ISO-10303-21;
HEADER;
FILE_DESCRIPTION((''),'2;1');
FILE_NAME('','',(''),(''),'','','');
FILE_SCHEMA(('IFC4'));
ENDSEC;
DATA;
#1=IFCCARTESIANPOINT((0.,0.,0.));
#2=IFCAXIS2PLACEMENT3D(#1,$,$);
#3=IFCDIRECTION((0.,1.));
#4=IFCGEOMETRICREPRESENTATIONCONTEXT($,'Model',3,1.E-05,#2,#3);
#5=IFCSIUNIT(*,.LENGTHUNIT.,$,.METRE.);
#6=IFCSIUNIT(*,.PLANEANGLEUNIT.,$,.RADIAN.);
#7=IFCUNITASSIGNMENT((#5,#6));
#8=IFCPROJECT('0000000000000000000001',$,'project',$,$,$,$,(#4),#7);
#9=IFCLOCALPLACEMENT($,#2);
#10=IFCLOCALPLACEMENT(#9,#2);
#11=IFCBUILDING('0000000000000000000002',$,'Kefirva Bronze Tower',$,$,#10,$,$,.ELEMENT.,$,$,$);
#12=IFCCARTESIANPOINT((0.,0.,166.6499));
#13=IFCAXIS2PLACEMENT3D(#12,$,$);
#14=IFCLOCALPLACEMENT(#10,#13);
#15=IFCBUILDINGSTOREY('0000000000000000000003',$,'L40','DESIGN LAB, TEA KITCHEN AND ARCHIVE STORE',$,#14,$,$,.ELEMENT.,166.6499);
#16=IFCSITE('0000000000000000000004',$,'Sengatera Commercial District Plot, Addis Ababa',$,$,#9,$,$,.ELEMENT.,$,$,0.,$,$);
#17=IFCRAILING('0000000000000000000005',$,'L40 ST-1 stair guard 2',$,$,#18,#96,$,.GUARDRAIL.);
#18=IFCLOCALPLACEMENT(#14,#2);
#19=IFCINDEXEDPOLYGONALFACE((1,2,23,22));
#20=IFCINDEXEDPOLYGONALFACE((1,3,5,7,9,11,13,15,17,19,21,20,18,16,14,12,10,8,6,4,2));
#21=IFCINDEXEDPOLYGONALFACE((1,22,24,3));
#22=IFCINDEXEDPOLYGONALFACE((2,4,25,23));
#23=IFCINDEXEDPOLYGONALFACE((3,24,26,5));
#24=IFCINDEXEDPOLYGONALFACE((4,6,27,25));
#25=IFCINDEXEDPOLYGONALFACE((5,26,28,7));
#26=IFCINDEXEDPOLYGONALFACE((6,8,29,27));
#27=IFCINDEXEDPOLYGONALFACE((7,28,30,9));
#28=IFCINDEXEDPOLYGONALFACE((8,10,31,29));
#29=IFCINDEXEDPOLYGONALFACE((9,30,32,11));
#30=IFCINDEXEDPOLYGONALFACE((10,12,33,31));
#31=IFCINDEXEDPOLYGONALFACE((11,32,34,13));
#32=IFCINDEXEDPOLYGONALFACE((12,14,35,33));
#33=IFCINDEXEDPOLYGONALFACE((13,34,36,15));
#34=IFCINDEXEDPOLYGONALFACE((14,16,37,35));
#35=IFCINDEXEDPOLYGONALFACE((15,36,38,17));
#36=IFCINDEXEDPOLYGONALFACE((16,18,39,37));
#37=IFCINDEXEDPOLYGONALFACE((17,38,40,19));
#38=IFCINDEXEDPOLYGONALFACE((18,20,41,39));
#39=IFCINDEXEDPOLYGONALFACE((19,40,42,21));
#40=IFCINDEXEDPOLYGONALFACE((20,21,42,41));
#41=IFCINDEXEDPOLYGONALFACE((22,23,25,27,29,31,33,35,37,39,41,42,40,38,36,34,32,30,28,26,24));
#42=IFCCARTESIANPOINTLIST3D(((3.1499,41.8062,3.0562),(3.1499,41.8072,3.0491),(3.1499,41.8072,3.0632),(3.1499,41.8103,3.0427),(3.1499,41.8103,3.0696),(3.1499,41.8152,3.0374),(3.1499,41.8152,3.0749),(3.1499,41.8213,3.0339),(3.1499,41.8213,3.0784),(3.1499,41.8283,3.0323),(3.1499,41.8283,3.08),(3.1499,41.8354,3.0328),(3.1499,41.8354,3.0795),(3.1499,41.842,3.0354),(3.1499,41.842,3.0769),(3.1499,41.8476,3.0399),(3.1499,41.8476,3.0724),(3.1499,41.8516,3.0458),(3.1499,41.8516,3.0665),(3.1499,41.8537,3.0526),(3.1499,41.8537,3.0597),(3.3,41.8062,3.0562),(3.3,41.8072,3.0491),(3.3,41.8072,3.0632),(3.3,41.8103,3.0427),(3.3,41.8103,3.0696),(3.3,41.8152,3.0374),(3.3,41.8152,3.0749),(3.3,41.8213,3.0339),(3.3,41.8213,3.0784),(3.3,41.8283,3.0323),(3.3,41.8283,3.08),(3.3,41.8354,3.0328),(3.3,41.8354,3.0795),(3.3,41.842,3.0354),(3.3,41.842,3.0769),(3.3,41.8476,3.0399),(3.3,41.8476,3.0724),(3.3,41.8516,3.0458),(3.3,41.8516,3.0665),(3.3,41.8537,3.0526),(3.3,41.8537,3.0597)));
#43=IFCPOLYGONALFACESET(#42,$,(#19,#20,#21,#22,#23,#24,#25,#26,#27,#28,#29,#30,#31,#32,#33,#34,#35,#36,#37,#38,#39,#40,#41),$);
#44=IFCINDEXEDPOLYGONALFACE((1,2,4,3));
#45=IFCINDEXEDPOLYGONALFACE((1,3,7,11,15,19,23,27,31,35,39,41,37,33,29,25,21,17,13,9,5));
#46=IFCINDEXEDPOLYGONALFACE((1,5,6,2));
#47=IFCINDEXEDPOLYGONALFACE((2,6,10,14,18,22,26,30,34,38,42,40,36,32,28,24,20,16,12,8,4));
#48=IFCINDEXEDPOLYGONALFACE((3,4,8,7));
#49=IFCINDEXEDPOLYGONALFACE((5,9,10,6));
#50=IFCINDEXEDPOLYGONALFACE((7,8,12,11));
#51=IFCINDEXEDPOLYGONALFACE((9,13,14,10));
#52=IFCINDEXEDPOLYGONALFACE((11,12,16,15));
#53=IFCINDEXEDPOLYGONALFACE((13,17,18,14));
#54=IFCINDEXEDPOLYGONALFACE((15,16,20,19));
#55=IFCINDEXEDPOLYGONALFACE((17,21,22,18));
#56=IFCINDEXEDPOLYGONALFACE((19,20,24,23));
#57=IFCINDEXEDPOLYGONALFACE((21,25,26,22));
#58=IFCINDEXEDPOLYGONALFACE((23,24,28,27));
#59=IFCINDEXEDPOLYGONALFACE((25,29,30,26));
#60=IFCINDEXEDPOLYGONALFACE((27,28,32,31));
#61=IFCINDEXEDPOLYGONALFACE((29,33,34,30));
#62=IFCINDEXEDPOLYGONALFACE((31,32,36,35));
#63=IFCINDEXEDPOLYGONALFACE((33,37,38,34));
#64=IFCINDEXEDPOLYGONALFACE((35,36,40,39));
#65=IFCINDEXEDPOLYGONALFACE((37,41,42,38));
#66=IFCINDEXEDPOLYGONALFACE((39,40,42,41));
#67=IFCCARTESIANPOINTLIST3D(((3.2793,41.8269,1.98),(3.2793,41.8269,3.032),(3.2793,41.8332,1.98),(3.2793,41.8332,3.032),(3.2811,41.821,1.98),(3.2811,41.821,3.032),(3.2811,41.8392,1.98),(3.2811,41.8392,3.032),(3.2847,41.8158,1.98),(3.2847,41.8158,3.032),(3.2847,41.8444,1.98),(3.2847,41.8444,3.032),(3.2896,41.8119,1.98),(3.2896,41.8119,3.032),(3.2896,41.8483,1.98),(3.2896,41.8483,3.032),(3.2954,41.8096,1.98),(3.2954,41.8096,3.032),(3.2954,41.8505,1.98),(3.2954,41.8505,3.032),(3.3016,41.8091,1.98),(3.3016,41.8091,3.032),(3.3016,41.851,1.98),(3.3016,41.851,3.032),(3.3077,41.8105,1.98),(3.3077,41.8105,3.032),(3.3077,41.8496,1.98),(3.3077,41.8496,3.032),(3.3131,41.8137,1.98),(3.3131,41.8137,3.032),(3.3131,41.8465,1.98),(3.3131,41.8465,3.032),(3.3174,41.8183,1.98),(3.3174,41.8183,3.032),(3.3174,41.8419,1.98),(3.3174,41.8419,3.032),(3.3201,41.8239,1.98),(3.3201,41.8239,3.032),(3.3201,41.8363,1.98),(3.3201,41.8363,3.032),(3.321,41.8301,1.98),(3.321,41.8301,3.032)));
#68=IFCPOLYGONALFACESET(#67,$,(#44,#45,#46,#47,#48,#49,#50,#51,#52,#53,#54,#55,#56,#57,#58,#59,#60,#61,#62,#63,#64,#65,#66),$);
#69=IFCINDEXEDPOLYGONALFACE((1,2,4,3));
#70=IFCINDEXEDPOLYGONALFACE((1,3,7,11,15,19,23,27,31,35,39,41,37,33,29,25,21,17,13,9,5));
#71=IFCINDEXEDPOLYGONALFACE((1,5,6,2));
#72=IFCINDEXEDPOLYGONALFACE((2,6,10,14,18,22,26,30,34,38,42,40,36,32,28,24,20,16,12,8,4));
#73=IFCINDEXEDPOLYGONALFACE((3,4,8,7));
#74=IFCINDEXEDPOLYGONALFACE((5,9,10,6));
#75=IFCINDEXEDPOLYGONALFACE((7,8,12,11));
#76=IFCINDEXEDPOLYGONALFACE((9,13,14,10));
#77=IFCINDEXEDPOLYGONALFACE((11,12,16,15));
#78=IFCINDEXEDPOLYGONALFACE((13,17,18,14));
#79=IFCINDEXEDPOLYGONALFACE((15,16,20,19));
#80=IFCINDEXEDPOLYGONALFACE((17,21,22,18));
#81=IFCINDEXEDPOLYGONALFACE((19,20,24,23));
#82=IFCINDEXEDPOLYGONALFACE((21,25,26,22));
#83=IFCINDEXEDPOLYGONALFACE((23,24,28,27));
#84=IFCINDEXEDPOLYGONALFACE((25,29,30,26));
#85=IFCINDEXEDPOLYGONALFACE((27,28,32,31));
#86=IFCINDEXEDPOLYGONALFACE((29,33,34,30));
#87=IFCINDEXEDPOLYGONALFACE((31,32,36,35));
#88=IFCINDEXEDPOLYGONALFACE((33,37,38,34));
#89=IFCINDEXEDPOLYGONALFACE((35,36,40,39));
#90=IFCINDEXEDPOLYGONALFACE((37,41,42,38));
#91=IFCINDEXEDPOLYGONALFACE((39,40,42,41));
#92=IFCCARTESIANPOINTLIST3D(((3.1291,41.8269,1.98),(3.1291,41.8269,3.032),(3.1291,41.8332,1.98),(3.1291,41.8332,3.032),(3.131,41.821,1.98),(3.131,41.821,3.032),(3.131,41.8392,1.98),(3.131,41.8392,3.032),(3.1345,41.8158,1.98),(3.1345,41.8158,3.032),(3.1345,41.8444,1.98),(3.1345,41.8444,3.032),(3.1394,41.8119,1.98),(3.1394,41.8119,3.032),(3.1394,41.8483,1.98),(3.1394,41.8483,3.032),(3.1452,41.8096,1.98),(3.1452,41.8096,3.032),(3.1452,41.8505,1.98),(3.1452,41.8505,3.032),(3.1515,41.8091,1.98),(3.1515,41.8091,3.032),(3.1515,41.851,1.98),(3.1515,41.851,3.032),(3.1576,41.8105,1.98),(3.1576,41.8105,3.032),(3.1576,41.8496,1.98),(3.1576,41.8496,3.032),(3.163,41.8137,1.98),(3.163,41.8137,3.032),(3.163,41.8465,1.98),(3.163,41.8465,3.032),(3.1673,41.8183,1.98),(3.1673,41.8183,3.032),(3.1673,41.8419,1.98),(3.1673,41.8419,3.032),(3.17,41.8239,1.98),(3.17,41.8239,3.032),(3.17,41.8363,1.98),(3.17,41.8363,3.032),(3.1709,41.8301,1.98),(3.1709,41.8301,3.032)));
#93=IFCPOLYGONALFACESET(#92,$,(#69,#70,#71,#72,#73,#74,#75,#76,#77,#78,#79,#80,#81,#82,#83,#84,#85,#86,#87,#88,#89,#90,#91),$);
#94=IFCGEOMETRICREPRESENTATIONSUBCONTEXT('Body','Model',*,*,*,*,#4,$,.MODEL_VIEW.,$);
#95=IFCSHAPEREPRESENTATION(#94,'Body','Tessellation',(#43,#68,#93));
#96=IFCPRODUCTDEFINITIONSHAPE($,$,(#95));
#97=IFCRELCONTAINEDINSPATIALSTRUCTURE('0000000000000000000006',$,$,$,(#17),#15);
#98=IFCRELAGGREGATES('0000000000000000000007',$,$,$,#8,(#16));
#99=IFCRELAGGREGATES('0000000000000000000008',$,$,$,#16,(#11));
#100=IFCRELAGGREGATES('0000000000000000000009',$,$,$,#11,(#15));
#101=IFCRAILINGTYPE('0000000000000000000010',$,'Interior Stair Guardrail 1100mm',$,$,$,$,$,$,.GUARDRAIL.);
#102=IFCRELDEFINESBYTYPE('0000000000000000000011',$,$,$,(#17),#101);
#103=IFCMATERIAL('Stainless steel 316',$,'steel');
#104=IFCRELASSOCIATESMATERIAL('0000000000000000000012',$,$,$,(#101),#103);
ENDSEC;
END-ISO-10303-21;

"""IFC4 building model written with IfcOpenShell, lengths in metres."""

from ifc_helpers import new_model, si_unit, direction, frame, origin, origin_2d, place, context, subcontext, project, spatial, circle, extrude, material, type_object, element, save


model = new_model("IFC4")

# Units and contexts
model_context = context("Model", 3, precision=1e-05, world=origin(), true_north=direction((0.0, 1.0)))
body_context = subcontext(model_context, "Body", "Model", "MODEL_VIEW")
ifc_project = project(units=[si_unit("LENGTHUNIT", "METRE"), si_unit("PLANEANGLEUNIT", "RADIAN")], contexts=[model_context])

# Site, building, storey
site_placement = place(None, origin())
site = spatial("IfcSite", under=ifc_project, at=site_placement, Name="Sengatera Commercial District Plot, Addis Ababa", CompositionType="ELEMENT", RefElevation=0.0)
building_placement = place(site_placement, origin())
building = spatial("IfcBuilding", under=site, at=building_placement, Name="Kefirva Bronze Tower", CompositionType="ELEMENT")
storey_placement = place(building_placement, frame((0.0, 0.0, 166.6499)))
storey = spatial("IfcBuildingStorey", under=building, at=storey_placement, Name="L40", Description="DESIGN LAB, TEA KITCHEN AND ARCHIVE STORE", CompositionType="ELEMENT", Elevation=166.6499)

# Railing
ifc_material_1 = material(Name="Stainless steel 316", Category="steel")
railing_type_1 = type_object("IfcRailingType", Name="Interior Stair Guardrail 1100mm", PredefinedType="GUARDRAIL", material=ifc_material_1)
railing_1_placement = place(storey_placement, frame((3.3, 41.8301, 1.98)))
element("IfcRailing", 1, at=railing_1_placement, inside=storey, type_object=railing_type_1, Name="L40 ST-1 stair guard 2", PredefinedType="GUARDRAIL", context=body_context, shape_type="SweptSolid", body=[
    extrude(circle(Radius=0.0239, at=origin_2d()), frame((0.0, 0.0, 1.0762), z_axis=(-1.0, 0.0, 0.0), x_axis=(0.0, -1.0, 0.0)), (0.0, 0.0, 1.0), 0.1501),
    extrude(circle(Radius=0.021, at=origin_2d()), origin(), (0.0, 0.0, 1.0), 1.052),
    extrude(circle(Radius=0.021, at=origin_2d()), frame((-0.1501, 0.0, 0.0)), (0.0, 0.0, 1.0), 1.052),
])

save(model, "model.ifc")
